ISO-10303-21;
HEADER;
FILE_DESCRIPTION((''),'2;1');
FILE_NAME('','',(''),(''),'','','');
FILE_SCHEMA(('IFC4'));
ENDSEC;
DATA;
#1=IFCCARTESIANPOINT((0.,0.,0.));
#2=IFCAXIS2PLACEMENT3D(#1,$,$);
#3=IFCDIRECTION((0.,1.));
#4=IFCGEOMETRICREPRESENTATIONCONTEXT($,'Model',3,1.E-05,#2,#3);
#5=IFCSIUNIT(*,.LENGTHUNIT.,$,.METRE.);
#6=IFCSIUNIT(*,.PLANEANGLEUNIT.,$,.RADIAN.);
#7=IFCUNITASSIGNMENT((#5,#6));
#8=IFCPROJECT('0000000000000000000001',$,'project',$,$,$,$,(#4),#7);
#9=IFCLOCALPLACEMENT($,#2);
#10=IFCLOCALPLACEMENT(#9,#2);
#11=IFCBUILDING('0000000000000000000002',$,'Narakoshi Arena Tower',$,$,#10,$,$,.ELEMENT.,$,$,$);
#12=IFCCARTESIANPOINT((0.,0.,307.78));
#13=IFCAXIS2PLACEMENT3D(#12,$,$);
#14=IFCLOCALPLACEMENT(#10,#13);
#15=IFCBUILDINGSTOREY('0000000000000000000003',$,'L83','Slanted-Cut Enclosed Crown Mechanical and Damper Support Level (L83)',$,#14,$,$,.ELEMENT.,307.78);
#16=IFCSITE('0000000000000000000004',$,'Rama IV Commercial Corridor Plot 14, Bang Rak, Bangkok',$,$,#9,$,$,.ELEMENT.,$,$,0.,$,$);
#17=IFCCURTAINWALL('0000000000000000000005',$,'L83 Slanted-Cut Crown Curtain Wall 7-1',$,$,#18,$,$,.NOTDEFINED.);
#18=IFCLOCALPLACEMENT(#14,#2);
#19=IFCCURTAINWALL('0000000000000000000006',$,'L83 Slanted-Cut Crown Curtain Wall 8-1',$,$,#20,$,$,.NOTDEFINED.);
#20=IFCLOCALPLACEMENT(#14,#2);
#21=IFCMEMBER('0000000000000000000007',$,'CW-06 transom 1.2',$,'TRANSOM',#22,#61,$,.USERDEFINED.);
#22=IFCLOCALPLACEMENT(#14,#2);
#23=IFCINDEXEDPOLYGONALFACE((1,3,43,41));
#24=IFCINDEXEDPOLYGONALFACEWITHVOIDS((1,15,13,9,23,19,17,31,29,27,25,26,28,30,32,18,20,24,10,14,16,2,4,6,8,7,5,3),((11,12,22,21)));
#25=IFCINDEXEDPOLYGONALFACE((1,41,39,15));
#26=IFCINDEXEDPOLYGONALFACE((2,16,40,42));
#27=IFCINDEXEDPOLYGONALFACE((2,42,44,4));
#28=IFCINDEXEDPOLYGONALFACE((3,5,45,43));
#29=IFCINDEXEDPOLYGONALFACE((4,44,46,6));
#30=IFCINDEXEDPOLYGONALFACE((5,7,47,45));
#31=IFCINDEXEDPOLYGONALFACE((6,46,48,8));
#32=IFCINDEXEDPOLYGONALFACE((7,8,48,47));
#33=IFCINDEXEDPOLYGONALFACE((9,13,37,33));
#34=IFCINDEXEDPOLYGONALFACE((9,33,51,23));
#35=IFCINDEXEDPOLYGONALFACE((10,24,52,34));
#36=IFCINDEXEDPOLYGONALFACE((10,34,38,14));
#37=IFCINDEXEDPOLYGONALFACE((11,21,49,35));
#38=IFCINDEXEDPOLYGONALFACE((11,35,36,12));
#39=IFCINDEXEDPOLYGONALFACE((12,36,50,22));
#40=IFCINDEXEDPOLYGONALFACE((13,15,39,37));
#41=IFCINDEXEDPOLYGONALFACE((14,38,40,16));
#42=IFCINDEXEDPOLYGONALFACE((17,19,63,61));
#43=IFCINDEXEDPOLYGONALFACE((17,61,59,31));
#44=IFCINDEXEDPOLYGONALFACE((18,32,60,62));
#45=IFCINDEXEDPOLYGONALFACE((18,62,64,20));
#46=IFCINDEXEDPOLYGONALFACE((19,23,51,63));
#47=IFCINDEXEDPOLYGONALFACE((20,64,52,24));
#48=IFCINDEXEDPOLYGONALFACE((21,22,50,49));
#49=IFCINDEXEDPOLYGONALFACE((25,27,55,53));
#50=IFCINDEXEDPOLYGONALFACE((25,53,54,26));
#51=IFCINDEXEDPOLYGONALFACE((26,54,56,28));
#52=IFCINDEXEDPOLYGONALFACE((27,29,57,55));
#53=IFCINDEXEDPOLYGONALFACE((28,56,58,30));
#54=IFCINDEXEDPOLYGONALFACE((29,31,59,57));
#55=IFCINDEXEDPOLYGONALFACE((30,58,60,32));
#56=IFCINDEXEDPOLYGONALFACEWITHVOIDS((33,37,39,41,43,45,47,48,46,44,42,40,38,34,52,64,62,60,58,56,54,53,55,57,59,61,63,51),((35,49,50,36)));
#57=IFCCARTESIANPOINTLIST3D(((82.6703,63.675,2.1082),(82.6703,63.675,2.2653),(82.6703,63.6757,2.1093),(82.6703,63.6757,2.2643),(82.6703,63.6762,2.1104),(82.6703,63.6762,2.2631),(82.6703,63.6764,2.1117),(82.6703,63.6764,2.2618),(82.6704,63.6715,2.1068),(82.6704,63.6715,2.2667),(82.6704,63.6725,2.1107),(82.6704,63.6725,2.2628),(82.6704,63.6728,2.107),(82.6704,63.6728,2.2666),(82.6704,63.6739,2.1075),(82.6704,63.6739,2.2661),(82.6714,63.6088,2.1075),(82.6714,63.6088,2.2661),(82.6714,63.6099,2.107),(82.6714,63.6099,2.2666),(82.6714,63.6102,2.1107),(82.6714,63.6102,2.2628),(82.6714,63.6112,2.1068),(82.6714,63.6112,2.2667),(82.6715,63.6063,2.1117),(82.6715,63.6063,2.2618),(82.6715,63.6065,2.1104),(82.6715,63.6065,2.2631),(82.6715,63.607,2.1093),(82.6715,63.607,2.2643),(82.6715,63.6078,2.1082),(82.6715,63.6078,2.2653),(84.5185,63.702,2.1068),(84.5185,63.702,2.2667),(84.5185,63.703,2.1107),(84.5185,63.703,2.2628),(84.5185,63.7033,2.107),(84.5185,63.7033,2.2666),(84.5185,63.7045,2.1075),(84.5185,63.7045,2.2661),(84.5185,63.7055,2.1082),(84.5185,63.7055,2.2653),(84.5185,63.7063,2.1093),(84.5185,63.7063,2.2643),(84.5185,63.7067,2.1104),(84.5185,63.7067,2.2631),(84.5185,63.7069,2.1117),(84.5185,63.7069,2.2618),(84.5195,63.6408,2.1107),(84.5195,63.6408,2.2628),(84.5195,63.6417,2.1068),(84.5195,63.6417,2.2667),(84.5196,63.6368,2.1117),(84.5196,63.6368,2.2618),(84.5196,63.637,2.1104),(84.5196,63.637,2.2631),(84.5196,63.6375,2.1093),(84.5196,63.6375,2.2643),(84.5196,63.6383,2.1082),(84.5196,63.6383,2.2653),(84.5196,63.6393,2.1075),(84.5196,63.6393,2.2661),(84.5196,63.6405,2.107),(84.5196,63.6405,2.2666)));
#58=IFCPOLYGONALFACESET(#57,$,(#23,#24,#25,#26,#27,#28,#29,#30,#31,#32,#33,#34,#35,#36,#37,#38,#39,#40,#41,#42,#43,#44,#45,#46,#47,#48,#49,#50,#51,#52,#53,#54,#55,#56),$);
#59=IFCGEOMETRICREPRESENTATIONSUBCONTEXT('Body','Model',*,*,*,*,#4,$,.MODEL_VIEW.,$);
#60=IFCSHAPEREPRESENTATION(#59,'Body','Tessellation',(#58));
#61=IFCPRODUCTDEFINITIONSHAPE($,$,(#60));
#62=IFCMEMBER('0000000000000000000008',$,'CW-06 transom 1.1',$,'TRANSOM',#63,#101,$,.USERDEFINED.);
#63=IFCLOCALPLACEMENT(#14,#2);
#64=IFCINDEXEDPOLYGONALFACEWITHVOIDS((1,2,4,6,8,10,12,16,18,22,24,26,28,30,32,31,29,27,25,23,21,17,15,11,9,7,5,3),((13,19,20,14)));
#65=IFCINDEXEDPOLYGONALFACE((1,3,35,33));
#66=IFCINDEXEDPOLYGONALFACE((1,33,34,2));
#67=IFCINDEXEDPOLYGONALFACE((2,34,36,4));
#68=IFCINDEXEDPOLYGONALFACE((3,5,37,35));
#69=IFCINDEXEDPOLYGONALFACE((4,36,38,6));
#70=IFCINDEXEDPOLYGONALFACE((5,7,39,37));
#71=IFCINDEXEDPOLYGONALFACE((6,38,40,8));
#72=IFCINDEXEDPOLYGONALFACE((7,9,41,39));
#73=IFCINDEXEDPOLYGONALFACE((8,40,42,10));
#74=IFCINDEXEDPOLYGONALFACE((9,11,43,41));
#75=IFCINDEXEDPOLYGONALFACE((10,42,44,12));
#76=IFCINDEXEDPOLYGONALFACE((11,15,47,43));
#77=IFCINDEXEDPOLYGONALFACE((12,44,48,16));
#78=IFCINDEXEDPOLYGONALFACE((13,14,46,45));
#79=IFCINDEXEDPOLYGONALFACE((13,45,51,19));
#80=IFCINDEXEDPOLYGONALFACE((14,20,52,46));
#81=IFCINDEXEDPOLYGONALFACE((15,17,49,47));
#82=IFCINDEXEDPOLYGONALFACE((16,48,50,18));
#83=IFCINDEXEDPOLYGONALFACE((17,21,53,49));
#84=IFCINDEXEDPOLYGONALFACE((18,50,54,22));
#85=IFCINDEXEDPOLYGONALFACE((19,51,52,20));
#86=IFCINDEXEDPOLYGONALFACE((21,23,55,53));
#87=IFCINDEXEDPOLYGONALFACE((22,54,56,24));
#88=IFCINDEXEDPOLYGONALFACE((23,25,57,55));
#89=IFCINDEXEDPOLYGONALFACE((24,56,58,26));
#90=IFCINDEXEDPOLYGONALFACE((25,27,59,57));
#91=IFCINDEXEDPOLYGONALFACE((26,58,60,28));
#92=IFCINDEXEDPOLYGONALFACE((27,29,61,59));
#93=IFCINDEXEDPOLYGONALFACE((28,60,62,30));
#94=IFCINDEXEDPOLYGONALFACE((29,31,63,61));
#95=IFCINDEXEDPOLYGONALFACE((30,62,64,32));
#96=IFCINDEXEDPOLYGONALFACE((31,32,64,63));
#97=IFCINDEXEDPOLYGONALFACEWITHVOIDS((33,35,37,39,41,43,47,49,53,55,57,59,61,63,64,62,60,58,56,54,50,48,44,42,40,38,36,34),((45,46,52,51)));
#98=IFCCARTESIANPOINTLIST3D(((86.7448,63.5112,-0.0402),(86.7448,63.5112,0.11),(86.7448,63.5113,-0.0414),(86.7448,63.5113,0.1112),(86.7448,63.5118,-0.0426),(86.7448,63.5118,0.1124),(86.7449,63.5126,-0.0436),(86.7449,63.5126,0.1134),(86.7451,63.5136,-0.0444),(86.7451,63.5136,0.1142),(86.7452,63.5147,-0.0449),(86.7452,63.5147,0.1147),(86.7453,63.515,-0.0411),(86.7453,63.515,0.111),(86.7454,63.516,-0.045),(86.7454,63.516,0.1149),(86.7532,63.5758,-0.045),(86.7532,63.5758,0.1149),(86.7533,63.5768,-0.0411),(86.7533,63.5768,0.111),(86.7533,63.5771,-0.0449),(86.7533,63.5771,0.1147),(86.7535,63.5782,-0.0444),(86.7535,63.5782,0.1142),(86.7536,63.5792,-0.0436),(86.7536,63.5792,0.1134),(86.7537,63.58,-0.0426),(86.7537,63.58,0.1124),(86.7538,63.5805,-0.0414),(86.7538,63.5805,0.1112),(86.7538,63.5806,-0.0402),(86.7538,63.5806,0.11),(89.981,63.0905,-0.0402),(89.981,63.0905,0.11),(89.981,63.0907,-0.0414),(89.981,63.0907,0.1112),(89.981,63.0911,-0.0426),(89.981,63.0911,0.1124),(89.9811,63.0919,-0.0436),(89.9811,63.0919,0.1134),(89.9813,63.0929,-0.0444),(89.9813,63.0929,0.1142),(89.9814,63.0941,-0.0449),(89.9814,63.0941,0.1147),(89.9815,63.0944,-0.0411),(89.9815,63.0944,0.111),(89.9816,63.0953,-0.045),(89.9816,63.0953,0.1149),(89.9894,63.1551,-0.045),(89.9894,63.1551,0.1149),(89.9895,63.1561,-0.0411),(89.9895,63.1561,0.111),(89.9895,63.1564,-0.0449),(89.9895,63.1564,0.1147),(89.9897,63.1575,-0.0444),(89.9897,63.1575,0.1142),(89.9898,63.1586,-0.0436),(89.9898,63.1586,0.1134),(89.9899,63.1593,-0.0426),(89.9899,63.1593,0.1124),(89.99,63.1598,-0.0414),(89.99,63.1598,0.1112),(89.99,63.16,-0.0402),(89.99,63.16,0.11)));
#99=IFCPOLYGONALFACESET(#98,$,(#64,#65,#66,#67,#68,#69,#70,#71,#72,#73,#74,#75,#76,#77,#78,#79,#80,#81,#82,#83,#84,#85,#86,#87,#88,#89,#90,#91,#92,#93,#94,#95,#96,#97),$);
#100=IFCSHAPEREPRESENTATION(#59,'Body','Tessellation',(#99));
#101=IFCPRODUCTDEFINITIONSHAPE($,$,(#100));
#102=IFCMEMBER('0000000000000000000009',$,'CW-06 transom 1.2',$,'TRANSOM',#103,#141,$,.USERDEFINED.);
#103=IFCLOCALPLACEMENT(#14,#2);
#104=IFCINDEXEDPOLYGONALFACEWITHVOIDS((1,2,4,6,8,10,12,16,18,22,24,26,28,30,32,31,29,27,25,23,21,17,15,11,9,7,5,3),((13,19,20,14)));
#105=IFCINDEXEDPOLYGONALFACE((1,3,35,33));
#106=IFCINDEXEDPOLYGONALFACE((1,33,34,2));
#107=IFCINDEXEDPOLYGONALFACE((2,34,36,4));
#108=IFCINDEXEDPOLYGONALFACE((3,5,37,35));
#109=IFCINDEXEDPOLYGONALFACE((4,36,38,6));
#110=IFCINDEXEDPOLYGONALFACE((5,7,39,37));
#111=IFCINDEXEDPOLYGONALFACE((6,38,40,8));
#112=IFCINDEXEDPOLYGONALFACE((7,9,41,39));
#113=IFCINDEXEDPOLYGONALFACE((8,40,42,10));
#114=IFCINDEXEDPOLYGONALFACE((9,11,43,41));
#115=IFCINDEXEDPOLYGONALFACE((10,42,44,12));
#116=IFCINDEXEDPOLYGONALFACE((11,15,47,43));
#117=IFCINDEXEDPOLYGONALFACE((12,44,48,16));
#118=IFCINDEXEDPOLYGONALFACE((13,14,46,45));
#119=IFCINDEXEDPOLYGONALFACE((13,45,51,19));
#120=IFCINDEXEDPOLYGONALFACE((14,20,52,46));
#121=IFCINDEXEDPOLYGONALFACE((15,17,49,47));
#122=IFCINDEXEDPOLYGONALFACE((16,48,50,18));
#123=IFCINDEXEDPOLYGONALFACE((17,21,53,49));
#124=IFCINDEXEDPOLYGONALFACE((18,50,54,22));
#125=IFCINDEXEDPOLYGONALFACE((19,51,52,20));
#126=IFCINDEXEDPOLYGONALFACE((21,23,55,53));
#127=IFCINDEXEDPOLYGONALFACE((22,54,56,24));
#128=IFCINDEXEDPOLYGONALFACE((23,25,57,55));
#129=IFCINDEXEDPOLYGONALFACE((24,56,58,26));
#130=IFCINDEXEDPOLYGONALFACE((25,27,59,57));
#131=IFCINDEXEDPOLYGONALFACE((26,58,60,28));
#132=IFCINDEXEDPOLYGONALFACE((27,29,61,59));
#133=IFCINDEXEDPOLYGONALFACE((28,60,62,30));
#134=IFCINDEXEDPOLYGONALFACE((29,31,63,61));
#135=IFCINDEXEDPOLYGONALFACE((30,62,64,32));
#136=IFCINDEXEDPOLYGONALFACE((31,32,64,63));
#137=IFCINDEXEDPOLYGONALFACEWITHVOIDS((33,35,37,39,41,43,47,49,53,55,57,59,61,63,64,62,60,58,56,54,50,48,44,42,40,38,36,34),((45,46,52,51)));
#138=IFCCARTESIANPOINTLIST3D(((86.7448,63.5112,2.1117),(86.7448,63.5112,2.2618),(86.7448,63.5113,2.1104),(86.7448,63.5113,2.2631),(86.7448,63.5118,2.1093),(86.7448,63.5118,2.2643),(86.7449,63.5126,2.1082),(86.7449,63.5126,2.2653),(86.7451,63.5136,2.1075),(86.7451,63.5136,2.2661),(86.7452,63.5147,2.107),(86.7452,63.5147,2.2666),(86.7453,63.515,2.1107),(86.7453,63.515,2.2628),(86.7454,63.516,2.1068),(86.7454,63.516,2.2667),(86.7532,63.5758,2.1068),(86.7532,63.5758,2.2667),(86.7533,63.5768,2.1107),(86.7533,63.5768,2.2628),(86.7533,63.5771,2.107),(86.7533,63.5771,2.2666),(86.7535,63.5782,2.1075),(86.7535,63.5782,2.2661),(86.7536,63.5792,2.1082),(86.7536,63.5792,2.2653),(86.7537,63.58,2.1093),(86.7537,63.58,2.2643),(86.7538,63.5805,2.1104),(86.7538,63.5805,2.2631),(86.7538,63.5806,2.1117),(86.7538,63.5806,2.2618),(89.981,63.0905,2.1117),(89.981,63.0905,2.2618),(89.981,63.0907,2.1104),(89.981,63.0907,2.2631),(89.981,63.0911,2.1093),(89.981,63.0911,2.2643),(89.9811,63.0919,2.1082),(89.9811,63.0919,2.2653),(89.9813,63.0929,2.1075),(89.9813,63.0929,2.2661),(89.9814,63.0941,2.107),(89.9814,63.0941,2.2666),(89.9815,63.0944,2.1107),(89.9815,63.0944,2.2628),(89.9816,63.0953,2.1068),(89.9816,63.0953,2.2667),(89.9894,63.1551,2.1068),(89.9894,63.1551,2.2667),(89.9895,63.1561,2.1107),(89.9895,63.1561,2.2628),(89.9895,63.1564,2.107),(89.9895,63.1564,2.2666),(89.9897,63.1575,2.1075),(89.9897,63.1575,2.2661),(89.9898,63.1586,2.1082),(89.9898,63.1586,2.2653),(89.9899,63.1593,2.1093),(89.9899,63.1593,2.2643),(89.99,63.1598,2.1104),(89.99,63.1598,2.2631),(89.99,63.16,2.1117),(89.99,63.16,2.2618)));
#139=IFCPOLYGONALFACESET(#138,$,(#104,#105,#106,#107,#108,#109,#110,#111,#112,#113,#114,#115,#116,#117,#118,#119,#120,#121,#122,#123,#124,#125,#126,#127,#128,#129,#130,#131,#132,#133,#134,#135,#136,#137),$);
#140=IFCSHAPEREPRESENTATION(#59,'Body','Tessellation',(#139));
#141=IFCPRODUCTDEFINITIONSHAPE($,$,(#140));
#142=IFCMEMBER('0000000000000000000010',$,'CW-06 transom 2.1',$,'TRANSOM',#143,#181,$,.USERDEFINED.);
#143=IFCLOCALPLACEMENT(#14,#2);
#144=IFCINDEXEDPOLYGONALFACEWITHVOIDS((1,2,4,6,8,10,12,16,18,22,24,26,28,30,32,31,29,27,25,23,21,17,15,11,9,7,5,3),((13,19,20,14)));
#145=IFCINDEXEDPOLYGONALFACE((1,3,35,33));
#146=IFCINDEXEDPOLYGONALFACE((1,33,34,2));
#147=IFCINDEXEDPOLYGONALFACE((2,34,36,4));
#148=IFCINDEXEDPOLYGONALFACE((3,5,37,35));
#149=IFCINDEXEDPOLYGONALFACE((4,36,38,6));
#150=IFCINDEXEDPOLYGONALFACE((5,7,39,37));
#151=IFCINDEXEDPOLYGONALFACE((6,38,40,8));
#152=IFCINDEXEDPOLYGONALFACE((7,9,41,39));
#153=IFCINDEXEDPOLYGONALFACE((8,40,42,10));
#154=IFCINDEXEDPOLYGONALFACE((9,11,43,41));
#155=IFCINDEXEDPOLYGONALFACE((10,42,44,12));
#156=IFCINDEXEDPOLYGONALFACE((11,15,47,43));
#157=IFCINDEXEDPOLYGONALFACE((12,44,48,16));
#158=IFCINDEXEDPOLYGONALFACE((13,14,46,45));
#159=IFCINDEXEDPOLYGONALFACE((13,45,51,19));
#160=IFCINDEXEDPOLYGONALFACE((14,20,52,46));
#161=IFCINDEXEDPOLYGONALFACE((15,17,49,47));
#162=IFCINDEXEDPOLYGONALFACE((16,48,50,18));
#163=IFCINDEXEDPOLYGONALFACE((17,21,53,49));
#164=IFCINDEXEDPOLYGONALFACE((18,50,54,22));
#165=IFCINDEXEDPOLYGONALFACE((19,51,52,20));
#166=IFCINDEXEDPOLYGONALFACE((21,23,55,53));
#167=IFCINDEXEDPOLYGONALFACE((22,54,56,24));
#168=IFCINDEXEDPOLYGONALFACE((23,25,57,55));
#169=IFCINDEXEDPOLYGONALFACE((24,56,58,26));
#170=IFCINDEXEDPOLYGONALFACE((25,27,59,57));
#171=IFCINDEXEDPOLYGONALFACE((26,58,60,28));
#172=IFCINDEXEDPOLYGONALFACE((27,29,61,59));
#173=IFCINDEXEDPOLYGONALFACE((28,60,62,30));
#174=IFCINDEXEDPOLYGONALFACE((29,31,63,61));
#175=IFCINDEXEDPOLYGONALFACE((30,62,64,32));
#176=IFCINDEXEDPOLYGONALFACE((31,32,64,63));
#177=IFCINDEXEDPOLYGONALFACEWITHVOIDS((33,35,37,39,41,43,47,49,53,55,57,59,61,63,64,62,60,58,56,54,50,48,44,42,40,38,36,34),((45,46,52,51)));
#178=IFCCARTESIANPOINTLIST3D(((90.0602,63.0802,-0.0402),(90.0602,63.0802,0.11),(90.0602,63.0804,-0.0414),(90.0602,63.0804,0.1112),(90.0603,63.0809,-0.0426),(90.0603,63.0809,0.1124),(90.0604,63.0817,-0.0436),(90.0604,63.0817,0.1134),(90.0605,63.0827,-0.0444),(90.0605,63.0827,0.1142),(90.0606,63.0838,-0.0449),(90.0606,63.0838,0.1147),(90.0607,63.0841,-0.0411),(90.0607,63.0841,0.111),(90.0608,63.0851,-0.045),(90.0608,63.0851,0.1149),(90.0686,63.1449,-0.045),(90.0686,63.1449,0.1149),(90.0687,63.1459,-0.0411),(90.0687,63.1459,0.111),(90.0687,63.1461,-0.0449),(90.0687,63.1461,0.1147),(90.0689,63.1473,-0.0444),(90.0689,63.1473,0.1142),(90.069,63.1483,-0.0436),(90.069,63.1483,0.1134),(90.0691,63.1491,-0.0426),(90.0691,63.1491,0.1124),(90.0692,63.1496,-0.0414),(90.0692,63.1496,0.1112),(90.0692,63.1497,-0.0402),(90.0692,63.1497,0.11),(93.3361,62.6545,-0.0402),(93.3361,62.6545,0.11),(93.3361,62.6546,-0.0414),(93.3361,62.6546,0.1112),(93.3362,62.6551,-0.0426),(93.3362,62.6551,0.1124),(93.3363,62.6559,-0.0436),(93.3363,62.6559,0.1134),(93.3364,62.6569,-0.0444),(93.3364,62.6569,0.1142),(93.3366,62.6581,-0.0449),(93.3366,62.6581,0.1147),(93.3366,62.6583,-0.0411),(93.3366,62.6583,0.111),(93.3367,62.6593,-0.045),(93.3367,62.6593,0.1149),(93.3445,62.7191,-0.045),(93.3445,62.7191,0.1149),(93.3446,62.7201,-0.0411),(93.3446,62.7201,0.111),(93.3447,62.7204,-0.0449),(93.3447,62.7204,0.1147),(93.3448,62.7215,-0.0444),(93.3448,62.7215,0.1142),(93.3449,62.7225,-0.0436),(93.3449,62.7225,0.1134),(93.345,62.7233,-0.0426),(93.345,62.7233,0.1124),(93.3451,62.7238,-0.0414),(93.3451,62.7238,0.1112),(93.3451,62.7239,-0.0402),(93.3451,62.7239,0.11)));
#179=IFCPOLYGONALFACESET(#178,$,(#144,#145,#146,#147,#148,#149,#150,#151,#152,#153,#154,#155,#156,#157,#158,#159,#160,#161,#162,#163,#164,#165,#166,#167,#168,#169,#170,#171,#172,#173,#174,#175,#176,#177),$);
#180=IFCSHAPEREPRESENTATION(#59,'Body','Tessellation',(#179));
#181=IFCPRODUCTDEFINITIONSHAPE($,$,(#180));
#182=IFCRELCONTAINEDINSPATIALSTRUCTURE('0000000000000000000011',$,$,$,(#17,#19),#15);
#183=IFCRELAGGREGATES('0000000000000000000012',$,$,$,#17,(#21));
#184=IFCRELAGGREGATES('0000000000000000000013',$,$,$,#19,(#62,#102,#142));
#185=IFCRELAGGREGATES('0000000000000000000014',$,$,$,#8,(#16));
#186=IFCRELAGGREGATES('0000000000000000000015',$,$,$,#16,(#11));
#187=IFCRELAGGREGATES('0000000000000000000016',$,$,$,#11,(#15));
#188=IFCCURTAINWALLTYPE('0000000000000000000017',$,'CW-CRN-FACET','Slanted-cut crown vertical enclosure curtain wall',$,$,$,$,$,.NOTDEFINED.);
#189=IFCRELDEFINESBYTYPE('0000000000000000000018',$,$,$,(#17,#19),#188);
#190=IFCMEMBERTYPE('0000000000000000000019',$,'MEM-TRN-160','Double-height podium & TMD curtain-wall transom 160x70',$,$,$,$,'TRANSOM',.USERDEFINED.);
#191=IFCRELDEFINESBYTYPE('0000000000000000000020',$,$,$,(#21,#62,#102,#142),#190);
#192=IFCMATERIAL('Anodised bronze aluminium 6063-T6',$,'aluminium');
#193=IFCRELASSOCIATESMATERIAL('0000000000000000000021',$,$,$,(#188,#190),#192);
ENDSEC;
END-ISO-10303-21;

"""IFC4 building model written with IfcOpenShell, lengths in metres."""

from ifc_helpers import new_model, si_unit, direction, frame, origin, origin_2d, place, context, subcontext, project, spatial, hollow_rectangle, extrude, material, material_profile, profile_set, type_object, element, aggregate, save


model = new_model("IFC4")

# Units and contexts
model_context = context("Model", 3, precision=1e-05, world=origin(), true_north=direction((0.0, 1.0)))
body_context = subcontext(model_context, "Body", "Model", "MODEL_VIEW")
ifc_project = project(units=[si_unit("LENGTHUNIT", "METRE"), si_unit("PLANEANGLEUNIT", "RADIAN")], contexts=[model_context])

# Site, building, storey
site_placement = place(None, origin())
site = spatial("IfcSite", under=ifc_project, at=site_placement, Name="Rama IV Commercial Corridor Plot 14, Bang Rak, Bangkok", CompositionType="ELEMENT", RefElevation=0.0)
building_placement = place(site_placement, origin())
building = spatial("IfcBuilding", under=site, at=building_placement, Name="Narakoshi Arena Tower", CompositionType="ELEMENT")
storey_placement = place(building_placement, frame((0.0, 0.0, 307.78)))
storey = spatial("IfcBuildingStorey", under=building, at=storey_placement, Name="L83", Description="Slanted-Cut Enclosed Crown Mechanical and Damper Support Level (L83)", CompositionType="ELEMENT", Elevation=307.78)

# Shared definitions
ifc_material_1 = material(Name="Anodised bronze aluminium 6063-T6", Category="aluminium")
curtain_wall_type = type_object("IfcCurtainWallType", Name="CW-CRN-FACET", Description="Slanted-cut crown vertical enclosure curtain wall", PredefinedType="NOTDEFINED", material=ifc_material_1)

# Curtain walls
curtain_wall_1_placement = place(storey_placement, origin())
curtain_wall_1 = element("IfcCurtainWall", 1, at=curtain_wall_1_placement, inside=storey, type_object=curtain_wall_type, Name="L83 Slanted-Cut Crown Curtain Wall 7-1", PredefinedType="NOTDEFINED")
curtain_wall_2_placement = place(storey_placement, origin())
curtain_wall_2 = element("IfcCurtainWall", 2, at=curtain_wall_2_placement, inside=storey, type_object=curtain_wall_type, Name="L83 Slanted-Cut Crown Curtain Wall 8-1", PredefinedType="NOTDEFINED")

# Members
ifc_material_profile_1 = material_profile(ifc_material_1, hollow_rectangle(XDim=0.0701, YDim=0.1599, WallThickness=0.0039, OuterFilletRadius=0.0049, at=origin_2d()), Name="TRN160x70x4")
ifc_profile_set_1 = profile_set([ifc_material_profile_1], Name="Anodised bronze aluminium 6063-T6")
member_type_1 = type_object("IfcMemberType", Name="MEM-TRN-160", Description="Double-height podium & TMD curtain-wall transom 160x70", ElementType="TRANSOM", PredefinedType="USERDEFINED", material=ifc_profile_set_1)
member_1_placement = place(storey_placement, frame((82.6709, 63.6414, 2.1868), z_axis=(0.999864, 0.01651, 0.0), x_axis=(-0.01651, 0.999864, 0.0)))
member_1 = element("IfcMember", 3, at=member_1_placement, type_object=member_type_1, Name="CW-06 transom 1.2", ObjectType="TRANSOM", PredefinedType="USERDEFINED", context=body_context, shape_type="SweptSolid", body=[
    extrude(hollow_rectangle(XDim=0.0701, YDim=0.1599, WallThickness=0.0039, OuterFilletRadius=0.0049, at=origin_2d()), origin(), (0.0, 0.0, 1.0), 1.8484),
])
member_2_placement = place(storey_placement, frame((86.7493, 63.5459, 0.0349), z_axis=(0.991657, -0.128904, 0.0), x_axis=(0.128904, 0.991657, 0.0)))
member_2 = element("IfcMember", 4, at=member_2_placement, type_object=member_type_1, Name="CW-06 transom 1.1", ObjectType="TRANSOM", PredefinedType="USERDEFINED", context=body_context, shape_type="SweptSolid", body=[
    extrude(hollow_rectangle(XDim=0.0701, YDim=0.1599, WallThickness=0.0039, OuterFilletRadius=0.0049, at=origin_2d()), origin(), (0.0, 0.0, 1.0), 3.2634),
])
member_3_placement = place(storey_placement, frame((86.7493, 63.5459, 2.1868), z_axis=(0.991657, -0.128904, 0.0), x_axis=(0.128904, 0.991657, 0.0)))
member_3 = element("IfcMember", 5, at=member_3_placement, type_object=member_type_1, Name="CW-06 transom 1.2", ObjectType="TRANSOM", PredefinedType="USERDEFINED", context=body_context, shape_type="SweptSolid", body=[
    extrude(hollow_rectangle(XDim=0.0701, YDim=0.1599, WallThickness=0.0039, OuterFilletRadius=0.0049, at=origin_2d()), origin(), (0.0, 0.0, 1.0), 3.2634),
])
member_4_placement = place(storey_placement, frame((90.0647, 63.115, 0.0349), z_axis=(0.991659, -0.128891, 0.0), x_axis=(0.128891, 0.991659, 0.0)))
member_4 = element("IfcMember", 6, at=member_4_placement, type_object=member_type_1, Name="CW-06 transom 2.1", ObjectType="TRANSOM", PredefinedType="USERDEFINED", context=body_context, shape_type="SweptSolid", body=[
    extrude(hollow_rectangle(XDim=0.0701, YDim=0.1599, WallThickness=0.0039, OuterFilletRadius=0.0049, at=origin_2d()), origin(), (0.0, 0.0, 1.0), 3.3035),
])

aggregate(curtain_wall_1, [member_1])
aggregate(curtain_wall_2, [member_2, member_3, member_4])

save(model, "model.ifc")
